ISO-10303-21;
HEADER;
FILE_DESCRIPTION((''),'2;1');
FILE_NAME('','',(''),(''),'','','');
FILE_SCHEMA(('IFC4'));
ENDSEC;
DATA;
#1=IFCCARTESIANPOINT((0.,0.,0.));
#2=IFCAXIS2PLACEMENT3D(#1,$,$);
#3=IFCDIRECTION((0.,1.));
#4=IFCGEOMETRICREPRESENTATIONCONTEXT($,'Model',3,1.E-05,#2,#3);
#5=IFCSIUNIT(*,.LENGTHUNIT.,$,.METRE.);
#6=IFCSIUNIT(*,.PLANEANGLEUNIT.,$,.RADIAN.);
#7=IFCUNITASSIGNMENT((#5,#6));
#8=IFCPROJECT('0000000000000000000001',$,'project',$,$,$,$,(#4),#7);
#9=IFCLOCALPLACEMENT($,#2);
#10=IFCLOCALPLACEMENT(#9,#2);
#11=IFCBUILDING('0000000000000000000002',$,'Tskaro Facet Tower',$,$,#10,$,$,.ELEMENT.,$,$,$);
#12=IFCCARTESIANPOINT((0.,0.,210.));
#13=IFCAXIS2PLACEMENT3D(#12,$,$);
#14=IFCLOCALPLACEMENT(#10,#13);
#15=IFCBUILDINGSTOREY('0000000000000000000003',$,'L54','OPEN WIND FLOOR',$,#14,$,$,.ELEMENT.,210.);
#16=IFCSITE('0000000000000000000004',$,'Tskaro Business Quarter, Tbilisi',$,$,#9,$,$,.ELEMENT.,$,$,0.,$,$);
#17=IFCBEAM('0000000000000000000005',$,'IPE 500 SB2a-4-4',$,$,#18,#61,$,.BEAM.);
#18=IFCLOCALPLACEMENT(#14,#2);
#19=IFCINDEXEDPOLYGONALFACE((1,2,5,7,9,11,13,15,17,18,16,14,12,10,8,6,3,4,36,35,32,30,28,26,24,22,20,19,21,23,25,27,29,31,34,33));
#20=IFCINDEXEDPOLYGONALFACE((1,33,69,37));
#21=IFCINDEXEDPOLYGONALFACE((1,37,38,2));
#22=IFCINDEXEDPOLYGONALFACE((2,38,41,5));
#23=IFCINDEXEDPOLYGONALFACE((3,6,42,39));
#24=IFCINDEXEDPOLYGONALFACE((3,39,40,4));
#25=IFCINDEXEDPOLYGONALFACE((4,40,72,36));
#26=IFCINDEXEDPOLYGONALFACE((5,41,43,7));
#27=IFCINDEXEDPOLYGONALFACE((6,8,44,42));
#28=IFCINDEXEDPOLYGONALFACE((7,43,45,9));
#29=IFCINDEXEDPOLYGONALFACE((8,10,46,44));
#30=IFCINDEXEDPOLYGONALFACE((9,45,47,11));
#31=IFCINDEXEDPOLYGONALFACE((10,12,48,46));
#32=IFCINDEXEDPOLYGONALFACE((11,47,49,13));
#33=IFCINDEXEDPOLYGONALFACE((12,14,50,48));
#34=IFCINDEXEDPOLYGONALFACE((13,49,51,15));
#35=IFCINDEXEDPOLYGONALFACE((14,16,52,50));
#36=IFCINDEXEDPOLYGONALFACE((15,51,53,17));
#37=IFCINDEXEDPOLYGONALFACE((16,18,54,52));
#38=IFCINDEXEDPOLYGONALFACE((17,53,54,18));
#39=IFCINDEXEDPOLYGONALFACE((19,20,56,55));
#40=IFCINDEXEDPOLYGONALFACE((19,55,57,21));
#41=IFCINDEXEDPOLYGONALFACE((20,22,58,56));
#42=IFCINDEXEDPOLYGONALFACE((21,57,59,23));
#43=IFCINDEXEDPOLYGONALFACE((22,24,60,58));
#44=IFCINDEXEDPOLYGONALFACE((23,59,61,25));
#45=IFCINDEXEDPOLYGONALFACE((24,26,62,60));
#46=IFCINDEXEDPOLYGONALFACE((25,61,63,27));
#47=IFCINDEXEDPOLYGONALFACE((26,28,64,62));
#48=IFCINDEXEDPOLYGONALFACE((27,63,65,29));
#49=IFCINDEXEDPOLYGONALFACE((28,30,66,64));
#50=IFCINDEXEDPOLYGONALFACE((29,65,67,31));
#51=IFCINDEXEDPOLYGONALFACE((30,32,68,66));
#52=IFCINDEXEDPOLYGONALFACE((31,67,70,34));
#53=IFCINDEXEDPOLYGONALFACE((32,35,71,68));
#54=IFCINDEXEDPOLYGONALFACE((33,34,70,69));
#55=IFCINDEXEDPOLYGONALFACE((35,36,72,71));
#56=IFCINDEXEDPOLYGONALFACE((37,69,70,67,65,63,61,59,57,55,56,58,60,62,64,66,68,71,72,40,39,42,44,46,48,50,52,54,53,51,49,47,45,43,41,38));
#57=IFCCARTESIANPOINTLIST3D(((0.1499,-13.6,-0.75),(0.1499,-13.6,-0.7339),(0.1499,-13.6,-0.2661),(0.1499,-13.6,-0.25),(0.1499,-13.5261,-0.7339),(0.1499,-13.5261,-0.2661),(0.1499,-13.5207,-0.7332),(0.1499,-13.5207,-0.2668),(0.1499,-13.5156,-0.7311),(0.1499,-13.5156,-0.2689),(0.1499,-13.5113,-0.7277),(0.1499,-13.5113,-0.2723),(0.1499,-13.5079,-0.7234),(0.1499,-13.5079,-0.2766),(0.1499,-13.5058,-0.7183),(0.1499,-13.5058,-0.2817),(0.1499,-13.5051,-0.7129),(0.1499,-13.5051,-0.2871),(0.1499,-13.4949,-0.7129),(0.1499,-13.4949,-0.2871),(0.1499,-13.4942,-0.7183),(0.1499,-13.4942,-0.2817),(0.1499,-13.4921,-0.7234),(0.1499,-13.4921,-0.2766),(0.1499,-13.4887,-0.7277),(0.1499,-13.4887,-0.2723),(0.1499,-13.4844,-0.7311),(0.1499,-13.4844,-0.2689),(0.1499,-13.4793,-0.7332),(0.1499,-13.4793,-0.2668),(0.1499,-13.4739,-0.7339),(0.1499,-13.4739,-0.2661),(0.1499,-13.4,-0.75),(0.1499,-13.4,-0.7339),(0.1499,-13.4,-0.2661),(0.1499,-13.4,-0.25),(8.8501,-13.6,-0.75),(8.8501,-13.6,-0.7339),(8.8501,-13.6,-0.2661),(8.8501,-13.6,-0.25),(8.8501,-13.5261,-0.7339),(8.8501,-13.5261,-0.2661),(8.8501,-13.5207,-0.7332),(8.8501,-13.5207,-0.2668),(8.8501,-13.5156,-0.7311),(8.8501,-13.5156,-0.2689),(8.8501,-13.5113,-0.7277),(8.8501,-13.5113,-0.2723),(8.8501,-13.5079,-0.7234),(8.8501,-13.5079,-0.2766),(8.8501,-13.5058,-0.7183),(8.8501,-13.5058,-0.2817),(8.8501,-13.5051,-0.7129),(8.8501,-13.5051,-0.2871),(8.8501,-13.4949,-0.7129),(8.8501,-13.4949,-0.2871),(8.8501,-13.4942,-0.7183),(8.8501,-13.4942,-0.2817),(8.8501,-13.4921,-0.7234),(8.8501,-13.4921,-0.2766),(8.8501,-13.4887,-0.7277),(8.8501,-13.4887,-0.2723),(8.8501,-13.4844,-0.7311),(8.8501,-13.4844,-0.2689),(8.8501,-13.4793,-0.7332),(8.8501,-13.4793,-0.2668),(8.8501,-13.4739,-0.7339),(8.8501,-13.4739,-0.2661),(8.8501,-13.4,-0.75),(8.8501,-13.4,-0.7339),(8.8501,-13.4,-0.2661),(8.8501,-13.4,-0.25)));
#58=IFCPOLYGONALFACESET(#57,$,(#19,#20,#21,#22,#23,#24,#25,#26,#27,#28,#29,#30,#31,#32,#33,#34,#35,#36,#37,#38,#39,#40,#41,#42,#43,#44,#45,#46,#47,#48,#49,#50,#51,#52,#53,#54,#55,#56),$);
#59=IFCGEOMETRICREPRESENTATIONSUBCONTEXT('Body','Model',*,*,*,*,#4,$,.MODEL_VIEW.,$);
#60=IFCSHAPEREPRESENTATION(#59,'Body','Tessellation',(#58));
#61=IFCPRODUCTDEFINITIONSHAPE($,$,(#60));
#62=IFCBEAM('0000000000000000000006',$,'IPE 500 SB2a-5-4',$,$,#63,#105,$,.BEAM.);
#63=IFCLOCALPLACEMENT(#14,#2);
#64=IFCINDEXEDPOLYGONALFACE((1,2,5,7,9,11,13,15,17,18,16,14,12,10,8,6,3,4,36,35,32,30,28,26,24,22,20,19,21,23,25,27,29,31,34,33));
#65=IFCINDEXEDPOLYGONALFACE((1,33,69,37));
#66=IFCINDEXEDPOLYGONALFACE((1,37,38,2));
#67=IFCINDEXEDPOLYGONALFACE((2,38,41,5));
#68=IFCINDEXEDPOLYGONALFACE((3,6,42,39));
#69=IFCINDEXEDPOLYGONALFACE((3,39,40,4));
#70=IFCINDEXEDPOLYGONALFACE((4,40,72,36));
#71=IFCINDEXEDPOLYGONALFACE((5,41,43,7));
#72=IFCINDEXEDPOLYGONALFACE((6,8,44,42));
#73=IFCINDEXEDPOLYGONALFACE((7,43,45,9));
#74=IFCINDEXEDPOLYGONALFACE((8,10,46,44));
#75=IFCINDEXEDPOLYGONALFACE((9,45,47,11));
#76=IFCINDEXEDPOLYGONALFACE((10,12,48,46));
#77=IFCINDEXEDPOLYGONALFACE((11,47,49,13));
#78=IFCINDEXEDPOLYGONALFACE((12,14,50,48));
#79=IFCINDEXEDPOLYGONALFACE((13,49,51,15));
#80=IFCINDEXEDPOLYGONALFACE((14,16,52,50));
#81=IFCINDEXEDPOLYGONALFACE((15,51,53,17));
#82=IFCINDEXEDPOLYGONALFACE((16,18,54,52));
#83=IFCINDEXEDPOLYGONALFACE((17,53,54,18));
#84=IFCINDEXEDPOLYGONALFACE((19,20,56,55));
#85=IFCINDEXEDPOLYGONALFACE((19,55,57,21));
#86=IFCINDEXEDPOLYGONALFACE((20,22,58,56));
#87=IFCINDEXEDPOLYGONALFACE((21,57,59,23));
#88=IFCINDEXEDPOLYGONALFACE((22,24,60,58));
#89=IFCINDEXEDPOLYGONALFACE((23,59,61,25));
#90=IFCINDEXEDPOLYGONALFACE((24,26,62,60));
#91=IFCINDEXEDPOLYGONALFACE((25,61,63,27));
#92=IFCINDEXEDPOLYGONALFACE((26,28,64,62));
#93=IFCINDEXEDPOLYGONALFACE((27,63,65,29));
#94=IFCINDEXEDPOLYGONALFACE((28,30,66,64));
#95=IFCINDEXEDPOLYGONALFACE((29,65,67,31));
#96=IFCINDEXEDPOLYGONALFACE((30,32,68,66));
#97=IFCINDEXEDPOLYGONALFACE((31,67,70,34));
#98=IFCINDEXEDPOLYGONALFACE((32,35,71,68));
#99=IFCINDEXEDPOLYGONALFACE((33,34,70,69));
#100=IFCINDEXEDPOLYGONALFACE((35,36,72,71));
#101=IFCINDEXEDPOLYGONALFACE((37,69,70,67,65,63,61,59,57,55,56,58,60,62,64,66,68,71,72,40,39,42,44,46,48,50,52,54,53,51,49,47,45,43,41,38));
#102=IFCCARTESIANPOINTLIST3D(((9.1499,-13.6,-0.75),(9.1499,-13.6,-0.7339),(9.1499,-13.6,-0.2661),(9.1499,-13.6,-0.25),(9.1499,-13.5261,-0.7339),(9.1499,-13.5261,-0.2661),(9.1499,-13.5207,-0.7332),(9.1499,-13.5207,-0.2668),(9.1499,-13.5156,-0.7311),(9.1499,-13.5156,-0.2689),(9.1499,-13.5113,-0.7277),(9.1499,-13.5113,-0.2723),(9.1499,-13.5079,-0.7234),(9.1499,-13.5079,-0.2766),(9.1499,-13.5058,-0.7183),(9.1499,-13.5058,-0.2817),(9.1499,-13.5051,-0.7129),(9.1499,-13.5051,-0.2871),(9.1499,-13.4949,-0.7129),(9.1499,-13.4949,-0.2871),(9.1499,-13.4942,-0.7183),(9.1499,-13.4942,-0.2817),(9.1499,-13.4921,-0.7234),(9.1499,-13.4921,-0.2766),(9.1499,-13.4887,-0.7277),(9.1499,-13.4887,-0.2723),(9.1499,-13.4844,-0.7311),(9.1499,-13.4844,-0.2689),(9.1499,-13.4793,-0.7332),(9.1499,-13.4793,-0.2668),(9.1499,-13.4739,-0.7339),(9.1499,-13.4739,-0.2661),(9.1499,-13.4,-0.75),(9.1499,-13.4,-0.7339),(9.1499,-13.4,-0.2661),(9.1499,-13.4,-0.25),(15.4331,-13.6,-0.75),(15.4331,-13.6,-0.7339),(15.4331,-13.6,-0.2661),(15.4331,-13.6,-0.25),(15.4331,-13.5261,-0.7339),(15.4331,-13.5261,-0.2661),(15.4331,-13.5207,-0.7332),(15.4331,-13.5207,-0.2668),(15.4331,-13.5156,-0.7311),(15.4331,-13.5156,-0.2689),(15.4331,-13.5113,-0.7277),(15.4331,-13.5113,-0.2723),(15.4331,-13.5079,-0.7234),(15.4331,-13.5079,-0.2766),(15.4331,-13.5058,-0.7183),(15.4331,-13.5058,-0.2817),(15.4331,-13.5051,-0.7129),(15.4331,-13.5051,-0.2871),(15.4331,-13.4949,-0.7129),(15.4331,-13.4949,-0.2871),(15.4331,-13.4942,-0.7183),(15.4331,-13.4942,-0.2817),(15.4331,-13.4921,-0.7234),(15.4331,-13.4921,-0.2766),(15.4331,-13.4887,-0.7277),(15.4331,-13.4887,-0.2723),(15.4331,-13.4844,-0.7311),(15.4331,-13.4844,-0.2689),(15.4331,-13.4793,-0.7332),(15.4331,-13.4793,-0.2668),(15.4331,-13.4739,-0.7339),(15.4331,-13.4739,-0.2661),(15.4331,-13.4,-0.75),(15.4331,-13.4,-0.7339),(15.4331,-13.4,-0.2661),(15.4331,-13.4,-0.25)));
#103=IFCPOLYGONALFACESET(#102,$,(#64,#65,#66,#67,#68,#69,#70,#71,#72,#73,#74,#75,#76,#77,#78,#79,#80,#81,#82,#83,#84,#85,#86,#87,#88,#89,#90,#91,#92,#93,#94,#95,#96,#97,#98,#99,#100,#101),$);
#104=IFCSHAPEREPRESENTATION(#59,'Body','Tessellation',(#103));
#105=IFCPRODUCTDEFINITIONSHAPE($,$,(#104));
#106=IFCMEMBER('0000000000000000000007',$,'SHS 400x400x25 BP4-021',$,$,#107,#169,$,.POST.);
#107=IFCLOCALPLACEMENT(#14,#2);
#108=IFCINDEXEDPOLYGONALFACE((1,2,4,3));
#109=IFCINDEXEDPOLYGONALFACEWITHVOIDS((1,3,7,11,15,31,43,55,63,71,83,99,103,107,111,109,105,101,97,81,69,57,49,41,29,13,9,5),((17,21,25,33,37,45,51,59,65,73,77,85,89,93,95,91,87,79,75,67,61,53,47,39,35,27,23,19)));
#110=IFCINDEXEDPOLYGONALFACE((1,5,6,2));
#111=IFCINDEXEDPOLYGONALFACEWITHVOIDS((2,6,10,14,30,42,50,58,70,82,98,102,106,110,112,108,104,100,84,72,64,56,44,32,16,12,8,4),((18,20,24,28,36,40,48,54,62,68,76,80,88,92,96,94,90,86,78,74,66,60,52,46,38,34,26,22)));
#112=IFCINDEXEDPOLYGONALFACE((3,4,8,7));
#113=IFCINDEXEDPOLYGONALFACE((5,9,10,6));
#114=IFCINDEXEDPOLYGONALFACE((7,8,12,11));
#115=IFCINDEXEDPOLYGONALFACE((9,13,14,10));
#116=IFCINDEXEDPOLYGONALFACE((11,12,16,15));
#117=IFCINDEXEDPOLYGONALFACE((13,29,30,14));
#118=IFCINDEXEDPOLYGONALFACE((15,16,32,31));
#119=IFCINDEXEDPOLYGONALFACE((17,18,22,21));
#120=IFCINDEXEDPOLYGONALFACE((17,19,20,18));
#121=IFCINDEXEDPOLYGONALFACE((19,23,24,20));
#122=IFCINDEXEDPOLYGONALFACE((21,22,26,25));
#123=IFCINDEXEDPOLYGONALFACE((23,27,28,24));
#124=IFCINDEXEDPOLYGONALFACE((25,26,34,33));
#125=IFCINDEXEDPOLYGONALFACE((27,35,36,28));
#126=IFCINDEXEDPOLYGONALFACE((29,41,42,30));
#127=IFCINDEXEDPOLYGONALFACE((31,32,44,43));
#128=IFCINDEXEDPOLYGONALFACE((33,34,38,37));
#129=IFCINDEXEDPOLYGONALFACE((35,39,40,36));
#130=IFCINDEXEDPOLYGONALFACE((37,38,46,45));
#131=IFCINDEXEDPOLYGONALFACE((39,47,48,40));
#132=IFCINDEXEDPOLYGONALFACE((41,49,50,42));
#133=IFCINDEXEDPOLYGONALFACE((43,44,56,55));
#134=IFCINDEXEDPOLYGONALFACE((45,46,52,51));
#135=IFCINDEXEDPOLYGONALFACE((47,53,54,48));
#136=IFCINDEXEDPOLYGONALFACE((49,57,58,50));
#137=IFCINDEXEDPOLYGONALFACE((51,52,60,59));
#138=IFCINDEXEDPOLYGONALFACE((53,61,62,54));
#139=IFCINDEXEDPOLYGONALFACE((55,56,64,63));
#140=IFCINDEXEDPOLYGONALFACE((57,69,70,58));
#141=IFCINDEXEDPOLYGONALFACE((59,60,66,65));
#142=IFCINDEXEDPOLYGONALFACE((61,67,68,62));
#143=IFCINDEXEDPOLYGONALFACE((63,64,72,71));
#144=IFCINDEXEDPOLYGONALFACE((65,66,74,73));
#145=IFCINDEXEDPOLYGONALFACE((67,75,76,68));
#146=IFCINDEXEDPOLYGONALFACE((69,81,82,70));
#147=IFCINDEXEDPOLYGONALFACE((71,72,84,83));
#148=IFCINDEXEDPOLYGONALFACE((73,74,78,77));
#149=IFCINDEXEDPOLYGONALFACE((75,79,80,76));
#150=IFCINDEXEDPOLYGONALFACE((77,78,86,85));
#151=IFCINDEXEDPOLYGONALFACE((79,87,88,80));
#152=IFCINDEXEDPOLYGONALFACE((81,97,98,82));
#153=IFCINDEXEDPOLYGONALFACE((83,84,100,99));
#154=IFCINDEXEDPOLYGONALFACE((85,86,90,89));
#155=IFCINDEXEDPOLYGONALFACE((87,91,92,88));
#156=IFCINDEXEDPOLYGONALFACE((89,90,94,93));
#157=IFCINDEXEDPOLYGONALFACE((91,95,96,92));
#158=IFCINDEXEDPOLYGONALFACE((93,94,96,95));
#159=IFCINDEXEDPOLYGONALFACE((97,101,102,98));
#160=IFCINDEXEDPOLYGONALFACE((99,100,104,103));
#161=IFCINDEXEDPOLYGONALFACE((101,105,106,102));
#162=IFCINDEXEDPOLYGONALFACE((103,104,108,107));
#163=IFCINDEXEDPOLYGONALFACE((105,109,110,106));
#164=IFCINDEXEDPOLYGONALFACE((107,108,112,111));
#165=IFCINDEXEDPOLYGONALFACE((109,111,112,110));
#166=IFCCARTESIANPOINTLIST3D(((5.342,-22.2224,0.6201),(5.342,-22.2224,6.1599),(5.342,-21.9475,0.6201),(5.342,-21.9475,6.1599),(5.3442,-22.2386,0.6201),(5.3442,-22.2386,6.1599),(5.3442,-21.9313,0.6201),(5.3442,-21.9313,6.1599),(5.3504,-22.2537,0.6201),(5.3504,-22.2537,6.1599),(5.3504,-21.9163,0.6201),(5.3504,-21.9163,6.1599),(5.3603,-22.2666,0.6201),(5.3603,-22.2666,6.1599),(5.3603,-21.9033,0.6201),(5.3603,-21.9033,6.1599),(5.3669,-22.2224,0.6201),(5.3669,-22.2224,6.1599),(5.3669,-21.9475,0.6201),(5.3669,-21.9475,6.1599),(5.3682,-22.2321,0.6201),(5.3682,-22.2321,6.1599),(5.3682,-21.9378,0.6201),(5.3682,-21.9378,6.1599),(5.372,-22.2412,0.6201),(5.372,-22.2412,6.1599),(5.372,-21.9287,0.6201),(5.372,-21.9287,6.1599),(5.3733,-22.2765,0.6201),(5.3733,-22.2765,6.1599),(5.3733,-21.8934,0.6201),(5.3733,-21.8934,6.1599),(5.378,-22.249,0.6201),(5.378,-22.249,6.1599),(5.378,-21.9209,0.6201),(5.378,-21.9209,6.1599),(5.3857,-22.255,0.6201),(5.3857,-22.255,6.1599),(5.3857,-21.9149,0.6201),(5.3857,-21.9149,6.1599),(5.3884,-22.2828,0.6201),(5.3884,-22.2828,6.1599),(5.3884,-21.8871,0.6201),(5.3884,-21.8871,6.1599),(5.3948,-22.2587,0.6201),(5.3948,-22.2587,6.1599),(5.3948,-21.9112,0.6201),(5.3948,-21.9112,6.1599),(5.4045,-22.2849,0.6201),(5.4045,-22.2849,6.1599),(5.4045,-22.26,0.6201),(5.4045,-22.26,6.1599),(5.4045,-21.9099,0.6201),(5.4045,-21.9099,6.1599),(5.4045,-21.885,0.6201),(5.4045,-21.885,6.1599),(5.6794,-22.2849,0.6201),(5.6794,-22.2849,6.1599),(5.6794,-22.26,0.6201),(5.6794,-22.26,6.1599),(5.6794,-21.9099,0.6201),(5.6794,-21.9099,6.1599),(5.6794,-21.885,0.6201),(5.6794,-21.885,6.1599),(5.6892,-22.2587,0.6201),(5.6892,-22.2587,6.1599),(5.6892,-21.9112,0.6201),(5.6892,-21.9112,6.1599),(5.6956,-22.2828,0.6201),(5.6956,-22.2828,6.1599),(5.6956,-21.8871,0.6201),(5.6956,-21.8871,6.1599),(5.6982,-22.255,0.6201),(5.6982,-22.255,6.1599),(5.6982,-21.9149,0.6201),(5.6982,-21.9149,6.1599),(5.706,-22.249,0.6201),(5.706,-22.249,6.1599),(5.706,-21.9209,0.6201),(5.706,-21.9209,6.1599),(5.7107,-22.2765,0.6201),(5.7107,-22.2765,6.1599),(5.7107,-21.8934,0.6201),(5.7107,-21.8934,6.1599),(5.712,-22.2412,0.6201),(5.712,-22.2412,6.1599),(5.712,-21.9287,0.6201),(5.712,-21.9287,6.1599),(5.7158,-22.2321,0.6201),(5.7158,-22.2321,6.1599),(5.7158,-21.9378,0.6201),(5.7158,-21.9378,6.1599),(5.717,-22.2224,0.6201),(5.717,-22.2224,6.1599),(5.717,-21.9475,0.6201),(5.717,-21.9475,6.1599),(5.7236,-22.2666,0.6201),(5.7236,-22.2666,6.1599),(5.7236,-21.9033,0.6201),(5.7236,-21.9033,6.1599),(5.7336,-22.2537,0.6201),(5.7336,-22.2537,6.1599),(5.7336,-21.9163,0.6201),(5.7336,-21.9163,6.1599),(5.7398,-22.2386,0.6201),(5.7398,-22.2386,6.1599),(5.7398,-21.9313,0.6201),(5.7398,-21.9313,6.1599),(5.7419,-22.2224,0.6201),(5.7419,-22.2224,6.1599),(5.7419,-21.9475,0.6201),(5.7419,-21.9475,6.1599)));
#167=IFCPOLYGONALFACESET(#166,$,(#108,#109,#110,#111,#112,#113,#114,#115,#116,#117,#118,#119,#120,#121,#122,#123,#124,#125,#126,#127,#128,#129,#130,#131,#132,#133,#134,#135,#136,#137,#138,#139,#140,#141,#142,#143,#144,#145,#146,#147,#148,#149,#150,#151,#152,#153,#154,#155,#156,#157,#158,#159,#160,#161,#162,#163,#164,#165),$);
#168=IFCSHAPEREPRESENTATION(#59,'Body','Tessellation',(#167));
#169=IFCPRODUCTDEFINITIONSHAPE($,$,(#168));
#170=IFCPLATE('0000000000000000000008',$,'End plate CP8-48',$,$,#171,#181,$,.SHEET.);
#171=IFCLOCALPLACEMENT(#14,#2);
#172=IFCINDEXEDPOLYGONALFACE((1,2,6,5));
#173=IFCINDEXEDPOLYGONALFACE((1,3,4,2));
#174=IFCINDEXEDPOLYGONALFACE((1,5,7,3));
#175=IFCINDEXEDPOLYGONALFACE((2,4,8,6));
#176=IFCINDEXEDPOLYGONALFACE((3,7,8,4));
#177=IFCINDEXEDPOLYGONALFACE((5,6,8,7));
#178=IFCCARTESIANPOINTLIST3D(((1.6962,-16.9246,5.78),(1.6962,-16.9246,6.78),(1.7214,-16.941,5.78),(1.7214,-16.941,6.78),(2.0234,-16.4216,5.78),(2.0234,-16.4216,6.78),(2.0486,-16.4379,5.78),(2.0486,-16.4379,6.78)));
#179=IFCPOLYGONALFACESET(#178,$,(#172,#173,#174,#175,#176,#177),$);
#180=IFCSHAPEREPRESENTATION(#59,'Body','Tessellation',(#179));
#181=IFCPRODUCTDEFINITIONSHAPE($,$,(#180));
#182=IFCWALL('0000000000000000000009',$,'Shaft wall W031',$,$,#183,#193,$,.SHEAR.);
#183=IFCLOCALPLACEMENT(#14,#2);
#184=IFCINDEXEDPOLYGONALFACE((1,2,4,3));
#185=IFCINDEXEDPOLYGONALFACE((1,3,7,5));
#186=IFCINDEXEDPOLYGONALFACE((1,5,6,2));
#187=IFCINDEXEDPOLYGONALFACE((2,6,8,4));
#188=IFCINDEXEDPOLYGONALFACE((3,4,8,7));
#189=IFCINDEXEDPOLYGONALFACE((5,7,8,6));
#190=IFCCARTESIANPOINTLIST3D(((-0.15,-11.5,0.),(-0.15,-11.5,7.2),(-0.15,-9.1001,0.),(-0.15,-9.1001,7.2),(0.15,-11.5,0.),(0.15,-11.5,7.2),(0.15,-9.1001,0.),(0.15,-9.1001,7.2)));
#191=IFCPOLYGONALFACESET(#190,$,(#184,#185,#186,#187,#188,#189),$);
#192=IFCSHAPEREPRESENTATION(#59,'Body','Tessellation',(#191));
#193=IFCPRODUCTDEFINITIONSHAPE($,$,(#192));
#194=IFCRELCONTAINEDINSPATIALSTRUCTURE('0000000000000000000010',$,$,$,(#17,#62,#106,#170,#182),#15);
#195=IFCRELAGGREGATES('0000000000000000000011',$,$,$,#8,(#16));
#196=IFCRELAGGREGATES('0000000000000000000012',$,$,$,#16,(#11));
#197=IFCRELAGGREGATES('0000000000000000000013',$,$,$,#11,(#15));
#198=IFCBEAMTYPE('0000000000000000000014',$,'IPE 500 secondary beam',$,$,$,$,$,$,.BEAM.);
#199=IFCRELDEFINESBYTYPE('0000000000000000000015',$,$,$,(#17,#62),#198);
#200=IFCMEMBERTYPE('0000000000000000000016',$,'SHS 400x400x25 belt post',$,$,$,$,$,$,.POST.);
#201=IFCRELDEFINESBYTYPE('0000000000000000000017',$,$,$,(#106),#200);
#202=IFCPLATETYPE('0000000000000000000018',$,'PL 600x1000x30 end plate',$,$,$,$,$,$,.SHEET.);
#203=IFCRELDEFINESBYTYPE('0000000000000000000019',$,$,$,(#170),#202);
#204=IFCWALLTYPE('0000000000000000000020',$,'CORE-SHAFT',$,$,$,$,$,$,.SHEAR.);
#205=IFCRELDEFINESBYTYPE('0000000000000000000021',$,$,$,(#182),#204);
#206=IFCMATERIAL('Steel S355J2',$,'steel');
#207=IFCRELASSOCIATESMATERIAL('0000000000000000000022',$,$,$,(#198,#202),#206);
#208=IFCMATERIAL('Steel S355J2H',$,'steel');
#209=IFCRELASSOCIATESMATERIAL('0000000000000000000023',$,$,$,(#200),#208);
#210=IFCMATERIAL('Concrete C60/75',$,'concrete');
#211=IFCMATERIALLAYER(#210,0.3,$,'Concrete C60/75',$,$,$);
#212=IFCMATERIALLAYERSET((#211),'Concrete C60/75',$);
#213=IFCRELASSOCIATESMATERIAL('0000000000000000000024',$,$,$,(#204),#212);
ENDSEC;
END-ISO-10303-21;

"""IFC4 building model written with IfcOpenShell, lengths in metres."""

from ifc_helpers import new_model, si_unit, direction, frame, frame_2d, origin, origin_2d, place, context, subcontext, project, spatial, rectangle, hollow_rectangle, i_section, extrude, material, layer, layer_set, material_profile, profile_set, type_object, element, save


model = new_model("IFC4")

# Units and contexts
model_context = context("Model", 3, precision=1e-05, world=origin(), true_north=direction((0.0, 1.0)))
body_context = subcontext(model_context, "Body", "Model", "MODEL_VIEW")
ifc_project = project(units=[si_unit("LENGTHUNIT", "METRE"), si_unit("PLANEANGLEUNIT", "RADIAN")], contexts=[model_context])

# Site, building, storey
site_placement = place(None, origin())
site = spatial("IfcSite", under=ifc_project, at=site_placement, Name="Tskaro Business Quarter, Tbilisi", CompositionType="ELEMENT", RefElevation=0.0)
building_placement = place(site_placement, origin())
building = spatial("IfcBuilding", under=site, at=building_placement, Name="Tskaro Facet Tower", CompositionType="ELEMENT")
storey_placement = place(building_placement, frame((0.0, 0.0, 210.0)))
storey = spatial("IfcBuildingStorey", under=building, at=storey_placement, Name="L54", Description="OPEN WIND FLOOR", CompositionType="ELEMENT", Elevation=210.0)

# Shared definitions
ifc_material_1 = material(Name="Steel S355J2H", Category="steel")

# Shared definitions
ifc_material_2 = material(Name="Steel S355J2", Category="steel")

# Beams
ifc_material_profile_1 = material_profile(ifc_material_2, i_section(OverallWidth=0.2, OverallDepth=0.5, WebThickness=0.0103, FlangeThickness=0.0161, FilletRadius=0.021, at=origin_2d()), Name="IPE 500")
ifc_profile_set_1 = profile_set([ifc_material_profile_1], Name="Steel S355J2")
beam_type_1 = type_object("IfcBeamType", Name="IPE 500 secondary beam", PredefinedType="BEAM", material=ifc_profile_set_1)
beam_1_placement = place(storey_placement, frame((0.1499, -13.5, -0.5), z_axis=(1.0, 0.0, 0.0), x_axis=(0.0, 1.0, 0.0)))
element("IfcBeam", 1, at=beam_1_placement, inside=storey, type_object=beam_type_1, Name="IPE 500 SB2a-4-4", PredefinedType="BEAM", context=body_context, shape_type="SweptSolid", body=[
    extrude(i_section(OverallWidth=0.2, OverallDepth=0.5, WebThickness=0.0103, FlangeThickness=0.0161, FilletRadius=0.021, at=origin_2d()), origin(), (0.0, 0.0, 1.0), 8.7002),
])
beam_2_placement = place(storey_placement, frame((9.1499, -13.5, -0.5), z_axis=(1.0, 0.0, 0.0), x_axis=(0.0, 1.0, 0.0)))
element("IfcBeam", 2, at=beam_2_placement, inside=storey, type_object=beam_type_1, Name="IPE 500 SB2a-5-4", PredefinedType="BEAM", context=body_context, shape_type="SweptSolid", body=[
    extrude(i_section(OverallWidth=0.2, OverallDepth=0.5, WebThickness=0.0103, FlangeThickness=0.0161, FilletRadius=0.021, at=origin_2d()), origin(), (0.0, 0.0, 1.0), 6.2832),
])

# Member
ifc_material_profile_2 = material_profile(ifc_material_1, hollow_rectangle(XDim=0.3999, YDim=0.3999, WallThickness=0.0249, InnerFilletRadius=0.0376, OuterFilletRadius=0.0625, at=origin_2d()), Name="SHS 400x400x25")
ifc_profile_set_2 = profile_set([ifc_material_profile_2], Name="Steel S355J2H")
member_type_1 = type_object("IfcMemberType", Name="SHS 400x400x25 belt post", PredefinedType="POST", material=ifc_profile_set_2)
member_1_placement = place(storey_placement, frame((5.542, -22.085, 0.6201), z_axis=(0.0, 0.0, 1.0), x_axis=(1.0, 0.0, 0.0)))
element("IfcMember", 3, at=member_1_placement, inside=storey, type_object=member_type_1, Name="SHS 400x400x25 BP4-021", PredefinedType="POST", context=body_context, shape_type="SweptSolid", body=[
    extrude(hollow_rectangle(XDim=0.3999, YDim=0.3999, WallThickness=0.0249, InnerFilletRadius=0.0376, OuterFilletRadius=0.0625, at=origin_2d()), origin(), (0.0, 0.0, 1.0), 5.5398),
])

# Plate
ifc_material_profile_3 = material_profile(ifc_material_2, rectangle(XDim=0.6001, YDim=1.0, at=origin_2d()), Name="PL 600x1000x30 end plate")
ifc_profile_set_3 = profile_set([ifc_material_profile_3], Name="Steel S355J2")
plate_type = type_object("IfcPlateType", Name="PL 600x1000x30 end plate", PredefinedType="SHEET", material=ifc_profile_set_3)
plate_placement = place(storey_placement, frame((1.885, -16.6895, 6.28), z_axis=(-0.838258, 0.545274, 0.0), x_axis=(-0.545274, -0.838258, 0.0)))
element("IfcPlate", 4, at=plate_placement, inside=storey, type_object=plate_type, Name="End plate CP8-48", PredefinedType="SHEET", context=body_context, shape_type="SweptSolid", body=[
    extrude(rectangle(XDim=0.6001, YDim=1.0, at=origin_2d()), origin(), (0.0, 0.0, 1.0), 0.03),
])

# Wall
ifc_material_3 = material(Name="Concrete C60/75", Category="concrete")
ifc_layer_1 = layer(ifc_material_3, 0.3, Name="Concrete C60/75")
ifc_layer_set_1 = layer_set([ifc_layer_1], Name="Concrete C60/75")
wall_type_1 = type_object("IfcWallType", Name="CORE-SHAFT", PredefinedType="SHEAR", material=ifc_layer_set_1)
for number, where, z_axis, x_axis, name in (
    (5, (0.0, -11.5, 0.0), (0.0, 0.0, 1.0), (0.0, 1.0, 0.0), "Shaft wall W031"),
):
    element("IfcWall", number, at=place(storey_placement, frame(where, z_axis=z_axis, x_axis=x_axis)), inside=storey, type_object=wall_type_1, Name=name, PredefinedType="SHEAR", context=body_context, shape_type="SweptSolid", body=[
        extrude(rectangle(XDim=2.3999, YDim=0.3, at=frame_2d((1.2, 0.0))), origin(), (0.0, 0.0, 1.0), 7.2),
    ])

save(model, "model.ifc")
